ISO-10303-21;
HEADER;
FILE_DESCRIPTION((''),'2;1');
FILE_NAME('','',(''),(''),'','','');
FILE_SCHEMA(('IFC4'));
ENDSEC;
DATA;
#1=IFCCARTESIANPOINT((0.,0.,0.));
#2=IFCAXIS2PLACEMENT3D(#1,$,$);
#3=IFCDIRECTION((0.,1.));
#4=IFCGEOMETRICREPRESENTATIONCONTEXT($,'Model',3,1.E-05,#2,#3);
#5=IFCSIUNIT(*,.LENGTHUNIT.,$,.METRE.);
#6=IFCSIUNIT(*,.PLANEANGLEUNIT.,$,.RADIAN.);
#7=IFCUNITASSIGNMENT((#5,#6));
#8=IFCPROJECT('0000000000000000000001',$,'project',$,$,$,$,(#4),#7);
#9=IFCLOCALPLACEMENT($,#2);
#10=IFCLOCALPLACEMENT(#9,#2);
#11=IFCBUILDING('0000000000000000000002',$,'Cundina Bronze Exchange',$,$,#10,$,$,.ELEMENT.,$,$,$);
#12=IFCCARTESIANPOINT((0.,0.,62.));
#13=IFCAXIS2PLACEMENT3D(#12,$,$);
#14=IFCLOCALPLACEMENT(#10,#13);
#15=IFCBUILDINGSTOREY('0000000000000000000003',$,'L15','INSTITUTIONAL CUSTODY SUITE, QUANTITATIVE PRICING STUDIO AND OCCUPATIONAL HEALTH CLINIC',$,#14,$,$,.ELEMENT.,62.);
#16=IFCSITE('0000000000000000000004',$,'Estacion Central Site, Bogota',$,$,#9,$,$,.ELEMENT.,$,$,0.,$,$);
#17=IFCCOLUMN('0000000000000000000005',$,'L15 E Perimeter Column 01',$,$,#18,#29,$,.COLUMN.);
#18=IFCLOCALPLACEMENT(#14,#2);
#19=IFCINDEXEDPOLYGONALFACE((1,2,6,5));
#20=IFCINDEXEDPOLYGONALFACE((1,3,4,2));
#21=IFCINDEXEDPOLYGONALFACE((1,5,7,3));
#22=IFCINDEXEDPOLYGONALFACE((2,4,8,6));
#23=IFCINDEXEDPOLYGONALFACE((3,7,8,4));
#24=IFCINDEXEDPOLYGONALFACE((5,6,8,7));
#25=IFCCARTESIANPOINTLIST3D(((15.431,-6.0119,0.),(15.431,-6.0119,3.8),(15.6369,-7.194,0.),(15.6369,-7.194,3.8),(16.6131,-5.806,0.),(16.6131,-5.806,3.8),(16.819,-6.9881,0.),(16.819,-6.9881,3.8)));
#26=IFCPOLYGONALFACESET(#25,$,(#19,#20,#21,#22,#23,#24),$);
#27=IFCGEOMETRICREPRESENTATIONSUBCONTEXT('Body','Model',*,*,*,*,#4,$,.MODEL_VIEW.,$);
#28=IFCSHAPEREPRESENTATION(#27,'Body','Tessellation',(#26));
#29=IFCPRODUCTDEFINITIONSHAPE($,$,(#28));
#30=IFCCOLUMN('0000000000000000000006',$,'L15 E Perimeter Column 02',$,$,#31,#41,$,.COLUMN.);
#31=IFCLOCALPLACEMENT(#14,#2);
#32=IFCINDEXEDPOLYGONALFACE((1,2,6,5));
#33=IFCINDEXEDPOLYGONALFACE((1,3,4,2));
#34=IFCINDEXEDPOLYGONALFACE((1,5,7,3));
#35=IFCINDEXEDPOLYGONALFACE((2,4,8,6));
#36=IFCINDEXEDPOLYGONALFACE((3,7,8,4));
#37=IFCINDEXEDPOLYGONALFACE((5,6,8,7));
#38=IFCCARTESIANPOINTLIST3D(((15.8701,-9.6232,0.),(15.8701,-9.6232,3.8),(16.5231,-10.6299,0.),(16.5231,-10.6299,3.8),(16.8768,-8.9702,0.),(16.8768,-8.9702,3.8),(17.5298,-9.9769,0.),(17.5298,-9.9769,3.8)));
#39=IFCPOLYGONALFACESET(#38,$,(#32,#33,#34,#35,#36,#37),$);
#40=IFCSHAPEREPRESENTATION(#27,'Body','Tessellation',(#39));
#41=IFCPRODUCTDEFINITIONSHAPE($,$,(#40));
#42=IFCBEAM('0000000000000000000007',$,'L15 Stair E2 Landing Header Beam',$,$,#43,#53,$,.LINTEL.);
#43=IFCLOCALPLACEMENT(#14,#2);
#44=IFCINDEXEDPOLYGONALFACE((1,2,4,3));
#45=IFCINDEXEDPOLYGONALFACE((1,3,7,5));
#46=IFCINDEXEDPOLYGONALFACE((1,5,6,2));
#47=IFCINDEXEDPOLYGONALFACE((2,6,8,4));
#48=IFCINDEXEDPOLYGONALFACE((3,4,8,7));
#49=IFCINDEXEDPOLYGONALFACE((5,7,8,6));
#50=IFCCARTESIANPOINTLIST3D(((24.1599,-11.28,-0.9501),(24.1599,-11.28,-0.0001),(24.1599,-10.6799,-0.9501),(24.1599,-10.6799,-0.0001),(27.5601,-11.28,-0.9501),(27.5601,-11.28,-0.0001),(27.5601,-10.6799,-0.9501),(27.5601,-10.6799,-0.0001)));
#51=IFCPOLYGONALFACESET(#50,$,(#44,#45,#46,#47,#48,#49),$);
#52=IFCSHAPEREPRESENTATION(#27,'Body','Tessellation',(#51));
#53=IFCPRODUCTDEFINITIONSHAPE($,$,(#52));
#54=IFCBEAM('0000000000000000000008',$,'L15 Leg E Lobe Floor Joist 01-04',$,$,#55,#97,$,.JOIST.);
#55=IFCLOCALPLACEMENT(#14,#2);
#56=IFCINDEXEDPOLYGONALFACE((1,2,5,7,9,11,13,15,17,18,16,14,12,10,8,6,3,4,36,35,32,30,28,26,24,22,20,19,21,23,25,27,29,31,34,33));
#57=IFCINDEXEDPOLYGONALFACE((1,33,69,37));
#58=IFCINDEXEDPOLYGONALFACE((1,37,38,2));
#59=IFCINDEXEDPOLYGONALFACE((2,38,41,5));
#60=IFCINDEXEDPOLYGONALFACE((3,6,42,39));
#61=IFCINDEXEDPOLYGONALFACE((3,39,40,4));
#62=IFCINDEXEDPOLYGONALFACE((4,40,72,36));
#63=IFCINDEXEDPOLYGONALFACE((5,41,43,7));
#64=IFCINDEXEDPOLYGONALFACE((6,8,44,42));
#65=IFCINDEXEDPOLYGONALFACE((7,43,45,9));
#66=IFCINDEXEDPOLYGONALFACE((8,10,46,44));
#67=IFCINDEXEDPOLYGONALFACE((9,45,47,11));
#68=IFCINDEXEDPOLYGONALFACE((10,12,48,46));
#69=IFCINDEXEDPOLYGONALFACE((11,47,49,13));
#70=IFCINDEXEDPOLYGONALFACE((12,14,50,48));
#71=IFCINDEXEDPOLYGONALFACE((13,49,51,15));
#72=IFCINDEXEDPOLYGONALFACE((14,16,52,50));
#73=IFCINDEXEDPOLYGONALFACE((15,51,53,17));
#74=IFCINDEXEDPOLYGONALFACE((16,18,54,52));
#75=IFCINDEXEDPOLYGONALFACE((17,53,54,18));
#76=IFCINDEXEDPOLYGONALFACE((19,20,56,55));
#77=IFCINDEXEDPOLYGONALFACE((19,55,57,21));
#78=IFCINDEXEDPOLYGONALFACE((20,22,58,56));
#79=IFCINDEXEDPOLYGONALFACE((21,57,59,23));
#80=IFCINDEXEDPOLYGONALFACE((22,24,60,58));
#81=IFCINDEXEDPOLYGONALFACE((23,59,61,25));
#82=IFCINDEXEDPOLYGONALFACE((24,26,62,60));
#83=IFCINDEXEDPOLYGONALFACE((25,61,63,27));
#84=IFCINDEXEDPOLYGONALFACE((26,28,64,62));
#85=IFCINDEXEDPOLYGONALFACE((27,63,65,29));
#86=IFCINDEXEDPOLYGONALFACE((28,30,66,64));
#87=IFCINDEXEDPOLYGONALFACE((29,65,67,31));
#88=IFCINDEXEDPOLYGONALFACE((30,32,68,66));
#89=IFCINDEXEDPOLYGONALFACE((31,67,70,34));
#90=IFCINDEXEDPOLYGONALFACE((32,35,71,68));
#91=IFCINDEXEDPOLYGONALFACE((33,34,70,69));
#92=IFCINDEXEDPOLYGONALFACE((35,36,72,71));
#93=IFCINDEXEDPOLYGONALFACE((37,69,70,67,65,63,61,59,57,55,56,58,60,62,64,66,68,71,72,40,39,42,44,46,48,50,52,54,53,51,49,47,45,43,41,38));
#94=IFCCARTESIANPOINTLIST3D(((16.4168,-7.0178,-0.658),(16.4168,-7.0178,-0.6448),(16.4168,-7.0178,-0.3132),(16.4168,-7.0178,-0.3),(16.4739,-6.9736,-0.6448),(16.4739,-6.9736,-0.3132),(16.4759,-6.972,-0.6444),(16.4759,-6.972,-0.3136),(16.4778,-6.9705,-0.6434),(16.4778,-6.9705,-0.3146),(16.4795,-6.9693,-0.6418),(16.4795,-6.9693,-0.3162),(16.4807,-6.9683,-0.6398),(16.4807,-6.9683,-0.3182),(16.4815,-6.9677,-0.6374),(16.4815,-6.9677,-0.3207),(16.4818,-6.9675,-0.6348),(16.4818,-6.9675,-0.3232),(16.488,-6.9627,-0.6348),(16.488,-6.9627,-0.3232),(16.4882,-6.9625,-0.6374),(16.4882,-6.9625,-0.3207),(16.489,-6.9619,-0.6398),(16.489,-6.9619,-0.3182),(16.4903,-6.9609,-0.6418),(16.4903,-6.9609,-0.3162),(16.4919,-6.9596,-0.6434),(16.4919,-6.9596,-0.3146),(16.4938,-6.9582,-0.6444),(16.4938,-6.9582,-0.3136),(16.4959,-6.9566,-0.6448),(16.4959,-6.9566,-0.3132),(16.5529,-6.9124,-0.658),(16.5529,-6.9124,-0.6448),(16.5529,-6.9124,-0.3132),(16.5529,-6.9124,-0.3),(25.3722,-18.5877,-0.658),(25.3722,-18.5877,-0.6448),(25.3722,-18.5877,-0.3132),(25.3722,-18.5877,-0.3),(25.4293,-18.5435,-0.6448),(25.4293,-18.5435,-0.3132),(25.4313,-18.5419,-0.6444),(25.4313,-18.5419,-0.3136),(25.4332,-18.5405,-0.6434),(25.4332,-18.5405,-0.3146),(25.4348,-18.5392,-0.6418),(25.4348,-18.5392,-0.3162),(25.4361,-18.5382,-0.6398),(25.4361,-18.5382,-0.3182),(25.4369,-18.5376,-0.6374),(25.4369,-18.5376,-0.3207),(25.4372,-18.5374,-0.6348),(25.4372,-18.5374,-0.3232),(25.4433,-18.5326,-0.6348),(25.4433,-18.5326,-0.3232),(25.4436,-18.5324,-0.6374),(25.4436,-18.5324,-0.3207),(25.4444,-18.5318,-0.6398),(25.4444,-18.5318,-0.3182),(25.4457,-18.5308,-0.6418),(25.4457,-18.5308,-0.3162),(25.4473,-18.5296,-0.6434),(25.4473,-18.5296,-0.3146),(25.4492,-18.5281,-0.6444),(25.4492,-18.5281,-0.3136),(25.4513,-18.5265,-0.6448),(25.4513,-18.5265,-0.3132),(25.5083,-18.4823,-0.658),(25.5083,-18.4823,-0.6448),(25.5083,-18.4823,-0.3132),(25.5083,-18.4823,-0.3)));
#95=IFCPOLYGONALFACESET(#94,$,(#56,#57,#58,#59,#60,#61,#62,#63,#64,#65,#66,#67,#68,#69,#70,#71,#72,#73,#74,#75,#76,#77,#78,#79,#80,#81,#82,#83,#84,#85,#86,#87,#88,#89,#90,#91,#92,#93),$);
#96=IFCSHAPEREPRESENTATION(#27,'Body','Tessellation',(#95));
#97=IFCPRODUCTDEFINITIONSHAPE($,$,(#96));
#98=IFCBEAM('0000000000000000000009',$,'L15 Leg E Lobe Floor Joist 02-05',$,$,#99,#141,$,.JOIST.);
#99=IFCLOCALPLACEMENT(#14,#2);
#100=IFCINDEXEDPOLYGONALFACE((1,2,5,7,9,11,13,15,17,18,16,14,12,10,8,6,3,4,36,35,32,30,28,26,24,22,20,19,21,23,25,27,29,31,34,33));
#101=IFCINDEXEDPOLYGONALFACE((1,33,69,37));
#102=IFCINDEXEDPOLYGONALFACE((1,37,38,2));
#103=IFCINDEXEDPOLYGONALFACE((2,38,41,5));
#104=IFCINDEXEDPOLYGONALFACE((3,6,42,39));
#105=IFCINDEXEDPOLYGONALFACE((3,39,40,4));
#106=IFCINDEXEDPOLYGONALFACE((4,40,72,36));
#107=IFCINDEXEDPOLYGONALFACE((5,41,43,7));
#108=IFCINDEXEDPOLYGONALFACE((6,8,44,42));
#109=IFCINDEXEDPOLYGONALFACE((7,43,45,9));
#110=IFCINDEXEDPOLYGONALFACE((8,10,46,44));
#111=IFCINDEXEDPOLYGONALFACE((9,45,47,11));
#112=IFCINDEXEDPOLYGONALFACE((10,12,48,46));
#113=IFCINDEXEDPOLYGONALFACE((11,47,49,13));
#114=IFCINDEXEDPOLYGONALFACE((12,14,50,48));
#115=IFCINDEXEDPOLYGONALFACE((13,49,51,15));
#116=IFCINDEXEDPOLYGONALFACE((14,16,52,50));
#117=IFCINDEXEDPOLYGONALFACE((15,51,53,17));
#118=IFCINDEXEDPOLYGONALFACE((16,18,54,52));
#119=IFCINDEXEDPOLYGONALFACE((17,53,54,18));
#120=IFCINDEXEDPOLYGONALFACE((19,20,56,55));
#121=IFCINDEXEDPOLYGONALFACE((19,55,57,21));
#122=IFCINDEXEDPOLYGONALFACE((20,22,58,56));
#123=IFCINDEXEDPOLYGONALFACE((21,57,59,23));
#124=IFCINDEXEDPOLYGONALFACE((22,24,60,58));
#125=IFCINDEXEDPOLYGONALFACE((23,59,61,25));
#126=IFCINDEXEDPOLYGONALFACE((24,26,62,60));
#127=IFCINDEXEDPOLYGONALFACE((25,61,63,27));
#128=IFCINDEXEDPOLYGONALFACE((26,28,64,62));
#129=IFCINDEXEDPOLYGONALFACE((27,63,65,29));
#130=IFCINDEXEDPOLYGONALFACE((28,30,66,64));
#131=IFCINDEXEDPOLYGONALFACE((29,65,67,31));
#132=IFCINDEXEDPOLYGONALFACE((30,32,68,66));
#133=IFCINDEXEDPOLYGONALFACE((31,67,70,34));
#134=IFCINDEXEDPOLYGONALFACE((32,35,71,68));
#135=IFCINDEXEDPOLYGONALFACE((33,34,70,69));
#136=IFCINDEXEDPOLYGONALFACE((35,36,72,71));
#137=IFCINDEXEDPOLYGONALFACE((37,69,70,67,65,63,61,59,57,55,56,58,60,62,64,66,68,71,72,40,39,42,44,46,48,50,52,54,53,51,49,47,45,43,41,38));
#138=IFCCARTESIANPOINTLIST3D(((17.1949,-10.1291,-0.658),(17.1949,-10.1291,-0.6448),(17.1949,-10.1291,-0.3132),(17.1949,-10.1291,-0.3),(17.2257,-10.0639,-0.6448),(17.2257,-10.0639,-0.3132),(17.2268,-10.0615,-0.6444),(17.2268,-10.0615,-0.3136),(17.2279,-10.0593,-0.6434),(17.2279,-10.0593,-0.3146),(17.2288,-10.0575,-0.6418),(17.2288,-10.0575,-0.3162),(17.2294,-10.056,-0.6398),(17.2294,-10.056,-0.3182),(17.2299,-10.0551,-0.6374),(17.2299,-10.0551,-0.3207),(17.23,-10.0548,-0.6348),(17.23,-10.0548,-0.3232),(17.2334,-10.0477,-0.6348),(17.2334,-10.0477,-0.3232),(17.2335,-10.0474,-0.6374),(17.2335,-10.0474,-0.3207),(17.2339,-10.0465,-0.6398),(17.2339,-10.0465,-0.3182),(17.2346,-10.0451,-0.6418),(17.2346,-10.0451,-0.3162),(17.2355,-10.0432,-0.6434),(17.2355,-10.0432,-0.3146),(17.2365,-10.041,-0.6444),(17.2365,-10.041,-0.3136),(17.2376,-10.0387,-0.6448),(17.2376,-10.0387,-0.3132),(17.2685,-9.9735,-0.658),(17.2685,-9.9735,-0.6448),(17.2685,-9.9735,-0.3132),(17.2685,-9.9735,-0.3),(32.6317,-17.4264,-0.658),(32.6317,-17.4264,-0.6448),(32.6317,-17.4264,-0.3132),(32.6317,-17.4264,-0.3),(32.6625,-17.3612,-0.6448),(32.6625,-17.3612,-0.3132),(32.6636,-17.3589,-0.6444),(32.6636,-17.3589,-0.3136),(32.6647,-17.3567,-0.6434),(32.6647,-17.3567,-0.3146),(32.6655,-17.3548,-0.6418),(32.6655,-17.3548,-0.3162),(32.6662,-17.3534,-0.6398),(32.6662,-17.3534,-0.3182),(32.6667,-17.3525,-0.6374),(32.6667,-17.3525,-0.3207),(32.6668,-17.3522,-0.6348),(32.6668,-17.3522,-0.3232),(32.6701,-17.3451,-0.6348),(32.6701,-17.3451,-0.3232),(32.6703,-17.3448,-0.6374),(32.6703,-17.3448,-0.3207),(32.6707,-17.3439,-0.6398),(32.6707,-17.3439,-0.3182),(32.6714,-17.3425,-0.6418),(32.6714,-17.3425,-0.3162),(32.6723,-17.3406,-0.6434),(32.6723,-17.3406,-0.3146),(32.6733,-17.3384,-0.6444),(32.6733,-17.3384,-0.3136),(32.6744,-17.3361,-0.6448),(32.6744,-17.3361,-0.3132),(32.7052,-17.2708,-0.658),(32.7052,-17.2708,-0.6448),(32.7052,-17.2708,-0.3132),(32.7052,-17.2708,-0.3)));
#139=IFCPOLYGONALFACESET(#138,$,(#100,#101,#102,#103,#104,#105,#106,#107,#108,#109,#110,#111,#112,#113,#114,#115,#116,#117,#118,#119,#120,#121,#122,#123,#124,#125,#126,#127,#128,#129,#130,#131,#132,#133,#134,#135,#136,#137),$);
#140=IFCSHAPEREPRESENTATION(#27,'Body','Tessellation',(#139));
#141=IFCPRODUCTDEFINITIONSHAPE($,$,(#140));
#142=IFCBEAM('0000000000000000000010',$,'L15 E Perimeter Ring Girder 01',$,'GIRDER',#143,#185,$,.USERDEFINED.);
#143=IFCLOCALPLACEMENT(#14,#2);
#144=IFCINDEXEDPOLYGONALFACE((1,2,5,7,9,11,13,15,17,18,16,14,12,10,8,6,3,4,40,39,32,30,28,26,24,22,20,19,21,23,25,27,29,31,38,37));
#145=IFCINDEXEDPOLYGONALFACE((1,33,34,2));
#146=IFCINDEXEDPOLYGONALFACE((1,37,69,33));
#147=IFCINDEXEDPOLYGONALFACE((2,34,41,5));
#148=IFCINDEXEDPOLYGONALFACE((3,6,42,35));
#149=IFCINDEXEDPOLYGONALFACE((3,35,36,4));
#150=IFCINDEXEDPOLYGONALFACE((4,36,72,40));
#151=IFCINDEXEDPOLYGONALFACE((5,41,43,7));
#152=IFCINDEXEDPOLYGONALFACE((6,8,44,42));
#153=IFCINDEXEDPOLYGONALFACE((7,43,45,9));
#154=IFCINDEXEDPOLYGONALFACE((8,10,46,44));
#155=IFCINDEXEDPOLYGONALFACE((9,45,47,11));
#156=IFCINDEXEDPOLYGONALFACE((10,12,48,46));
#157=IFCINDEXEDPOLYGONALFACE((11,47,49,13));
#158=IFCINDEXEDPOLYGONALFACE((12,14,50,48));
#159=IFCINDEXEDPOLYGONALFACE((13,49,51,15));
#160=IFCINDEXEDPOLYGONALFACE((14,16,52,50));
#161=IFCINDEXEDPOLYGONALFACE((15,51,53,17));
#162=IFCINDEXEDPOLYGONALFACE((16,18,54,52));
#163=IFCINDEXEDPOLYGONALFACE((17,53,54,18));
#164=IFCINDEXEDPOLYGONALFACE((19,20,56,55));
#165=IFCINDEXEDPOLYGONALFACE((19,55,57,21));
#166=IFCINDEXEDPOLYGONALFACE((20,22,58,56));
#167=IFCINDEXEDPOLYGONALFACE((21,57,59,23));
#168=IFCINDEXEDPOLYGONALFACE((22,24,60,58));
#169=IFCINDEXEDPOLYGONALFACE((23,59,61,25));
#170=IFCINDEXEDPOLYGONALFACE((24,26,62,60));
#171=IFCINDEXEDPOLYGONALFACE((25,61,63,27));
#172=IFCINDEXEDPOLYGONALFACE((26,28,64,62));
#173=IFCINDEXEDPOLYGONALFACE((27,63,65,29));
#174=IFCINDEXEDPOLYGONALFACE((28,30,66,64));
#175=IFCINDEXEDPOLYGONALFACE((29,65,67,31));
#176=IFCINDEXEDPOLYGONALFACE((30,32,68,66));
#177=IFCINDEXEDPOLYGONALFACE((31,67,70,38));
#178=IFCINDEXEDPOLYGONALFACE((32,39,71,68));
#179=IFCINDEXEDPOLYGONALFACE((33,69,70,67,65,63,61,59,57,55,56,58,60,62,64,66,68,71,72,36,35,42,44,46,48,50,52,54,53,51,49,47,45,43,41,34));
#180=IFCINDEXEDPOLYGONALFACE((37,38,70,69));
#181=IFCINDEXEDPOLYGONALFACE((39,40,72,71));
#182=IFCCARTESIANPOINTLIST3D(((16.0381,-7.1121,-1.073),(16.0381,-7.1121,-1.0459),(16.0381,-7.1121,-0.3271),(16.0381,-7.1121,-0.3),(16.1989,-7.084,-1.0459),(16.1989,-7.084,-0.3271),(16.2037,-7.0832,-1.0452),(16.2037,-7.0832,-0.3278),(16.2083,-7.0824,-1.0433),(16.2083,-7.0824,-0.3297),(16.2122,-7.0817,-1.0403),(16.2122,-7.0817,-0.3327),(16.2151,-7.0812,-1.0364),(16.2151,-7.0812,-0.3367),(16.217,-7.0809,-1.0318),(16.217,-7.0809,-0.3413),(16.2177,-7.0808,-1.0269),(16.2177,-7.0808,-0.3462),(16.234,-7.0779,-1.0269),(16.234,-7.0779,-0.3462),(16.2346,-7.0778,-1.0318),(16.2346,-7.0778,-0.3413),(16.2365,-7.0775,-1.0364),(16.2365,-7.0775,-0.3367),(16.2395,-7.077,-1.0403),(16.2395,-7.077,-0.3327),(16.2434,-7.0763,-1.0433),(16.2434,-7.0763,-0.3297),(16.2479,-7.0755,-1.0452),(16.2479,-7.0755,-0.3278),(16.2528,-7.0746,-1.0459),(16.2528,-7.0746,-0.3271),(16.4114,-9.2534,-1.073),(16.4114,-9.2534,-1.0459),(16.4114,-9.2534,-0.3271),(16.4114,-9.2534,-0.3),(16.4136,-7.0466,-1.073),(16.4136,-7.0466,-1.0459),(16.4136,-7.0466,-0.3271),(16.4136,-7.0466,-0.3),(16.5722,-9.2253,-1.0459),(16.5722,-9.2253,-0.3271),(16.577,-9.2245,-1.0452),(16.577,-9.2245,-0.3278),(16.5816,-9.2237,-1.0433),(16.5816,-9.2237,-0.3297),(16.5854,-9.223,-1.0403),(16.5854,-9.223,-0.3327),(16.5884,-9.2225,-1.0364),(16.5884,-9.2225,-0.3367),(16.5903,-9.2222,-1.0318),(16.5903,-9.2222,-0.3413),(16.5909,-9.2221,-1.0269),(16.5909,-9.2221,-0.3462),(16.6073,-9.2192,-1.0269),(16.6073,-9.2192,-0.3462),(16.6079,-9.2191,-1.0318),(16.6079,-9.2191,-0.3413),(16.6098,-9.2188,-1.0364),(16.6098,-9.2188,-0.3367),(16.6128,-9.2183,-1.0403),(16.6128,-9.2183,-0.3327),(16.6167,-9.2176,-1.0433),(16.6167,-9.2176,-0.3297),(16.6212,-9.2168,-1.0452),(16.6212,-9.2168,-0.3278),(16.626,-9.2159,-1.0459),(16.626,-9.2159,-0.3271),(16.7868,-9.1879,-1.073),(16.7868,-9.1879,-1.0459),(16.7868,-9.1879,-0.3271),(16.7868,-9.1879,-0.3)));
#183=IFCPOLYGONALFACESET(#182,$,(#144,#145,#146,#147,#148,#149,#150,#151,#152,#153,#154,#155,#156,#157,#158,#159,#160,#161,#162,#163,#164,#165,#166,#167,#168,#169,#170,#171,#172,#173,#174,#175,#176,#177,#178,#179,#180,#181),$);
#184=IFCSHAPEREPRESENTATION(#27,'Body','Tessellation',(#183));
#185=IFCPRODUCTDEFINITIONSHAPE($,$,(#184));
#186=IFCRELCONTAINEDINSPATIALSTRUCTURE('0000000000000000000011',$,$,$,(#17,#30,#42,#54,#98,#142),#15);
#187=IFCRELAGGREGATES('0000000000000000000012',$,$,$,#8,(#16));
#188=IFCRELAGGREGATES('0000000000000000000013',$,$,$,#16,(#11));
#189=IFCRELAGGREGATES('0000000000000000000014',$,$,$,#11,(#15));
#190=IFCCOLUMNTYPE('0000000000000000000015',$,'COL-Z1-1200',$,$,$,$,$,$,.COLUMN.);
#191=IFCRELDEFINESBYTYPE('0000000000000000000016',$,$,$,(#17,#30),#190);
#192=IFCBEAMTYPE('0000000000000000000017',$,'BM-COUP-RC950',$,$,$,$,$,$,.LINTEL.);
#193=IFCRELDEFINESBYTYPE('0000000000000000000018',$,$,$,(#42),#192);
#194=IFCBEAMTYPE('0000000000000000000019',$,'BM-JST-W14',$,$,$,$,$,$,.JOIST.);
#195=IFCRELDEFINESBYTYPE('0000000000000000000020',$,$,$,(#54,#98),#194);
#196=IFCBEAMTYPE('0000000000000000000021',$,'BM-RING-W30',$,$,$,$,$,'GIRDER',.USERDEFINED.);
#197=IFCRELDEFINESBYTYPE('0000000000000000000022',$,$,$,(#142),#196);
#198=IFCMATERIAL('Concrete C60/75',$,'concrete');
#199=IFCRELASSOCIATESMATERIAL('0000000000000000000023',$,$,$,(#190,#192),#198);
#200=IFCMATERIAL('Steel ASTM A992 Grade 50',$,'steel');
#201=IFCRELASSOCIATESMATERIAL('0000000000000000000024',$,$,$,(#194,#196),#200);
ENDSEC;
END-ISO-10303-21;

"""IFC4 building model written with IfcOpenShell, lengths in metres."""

from ifc_helpers import new_model, si_unit, direction, frame, origin, origin_2d, place, context, subcontext, project, spatial, rectangle, i_section, extrude, material, material_profile, profile_set, type_object, element, save


model = new_model("IFC4")

# Units and contexts
model_context = context("Model", 3, precision=1e-05, world=origin(), true_north=direction((0.0, 1.0)))
body_context = subcontext(model_context, "Body", "Model", "MODEL_VIEW")
ifc_project = project(units=[si_unit("LENGTHUNIT", "METRE"), si_unit("PLANEANGLEUNIT", "RADIAN")], contexts=[model_context])

# Site, building, storey
site_placement = place(None, origin())
site = spatial("IfcSite", under=ifc_project, at=site_placement, Name="Estacion Central Site, Bogota", CompositionType="ELEMENT", RefElevation=0.0)
building_placement = place(site_placement, origin())
building = spatial("IfcBuilding", under=site, at=building_placement, Name="Cundina Bronze Exchange", CompositionType="ELEMENT")
storey_placement = place(building_placement, frame((0.0, 0.0, 62.0)))
storey = spatial("IfcBuildingStorey", under=building, at=storey_placement, Name="L15", Description="INSTITUTIONAL CUSTODY SUITE, QUANTITATIVE PRICING STUDIO AND OCCUPATIONAL HEALTH CLINIC", CompositionType="ELEMENT", Elevation=62.0)

# Columns
ifc_material_1 = material(Name="Concrete C60/75", Category="concrete")
ifc_material_profile_1 = material_profile(ifc_material_1, rectangle(XDim=1.2, YDim=1.2, at=origin_2d()), Name="RC1200X1200", Category="concrete")
ifc_profile_set_1 = profile_set([ifc_material_profile_1], Name="Concrete C60/75")
column_type = type_object("IfcColumnType", Name="COL-Z1-1200", PredefinedType="COLUMN", material=ifc_profile_set_1)
for number, where, z_axis, x_axis, name in (
    (1, (16.125, -6.5, 0.0), (0.0, 0.0, 1.0), (0.171585, -0.985169, 0.0), "L15 E Perimeter Column 01"),
    (2, (16.7, -9.8, 0.0), (0.0, 0.0, 1.0), (0.5442, -0.838956, 0.0), "L15 E Perimeter Column 02"),
):
    element("IfcColumn", number, at=place(storey_placement, frame(where, z_axis=z_axis, x_axis=x_axis)), inside=storey, type_object=column_type, Name=name, PredefinedType="COLUMN", context=body_context, shape_type="SweptSolid", body=[
        extrude(rectangle(XDim=1.2, YDim=1.2, at=origin_2d()), origin(), (0.0, 0.0, 1.0), 3.8),
    ])

# Beams
ifc_material_profile_2 = material_profile(ifc_material_1, rectangle(XDim=0.6001, YDim=0.95, at=origin_2d()), Name="RC600X950", Category="concrete")
ifc_profile_set_2 = profile_set([ifc_material_profile_2], Name="Concrete C60/75")
beam_type_1 = type_object("IfcBeamType", Name="BM-COUP-RC950", PredefinedType="LINTEL", material=ifc_profile_set_2)
beam_1_placement = place(storey_placement, frame((24.1599, -10.98, -0.4751), z_axis=(1.0, 0.0, 0.0), x_axis=(0.0, 1.0, 0.0)))
element("IfcBeam", 3, at=beam_1_placement, inside=storey, type_object=beam_type_1, Name="L15 Stair E2 Landing Header Beam", PredefinedType="LINTEL", context=body_context, shape_type="SweptSolid", body=[
    extrude(rectangle(XDim=0.6001, YDim=0.95, at=origin_2d()), origin(), (0.0, 0.0, 1.0), 3.4001),
])
ifc_material_2 = material(Name="Steel ASTM A992 Grade 50", Category="steel")
ifc_material_profile_3 = material_profile(ifc_material_2, i_section(OverallWidth=0.1721, OverallDepth=0.3579, WebThickness=0.0078, FlangeThickness=0.0132, FilletRadius=0.01, at=origin_2d()), Name="W14X38", Category="steel")
ifc_profile_set_3 = profile_set([ifc_material_profile_3], Name="Steel ASTM A992 Grade 50")
beam_type_2 = type_object("IfcBeamType", Name="BM-JST-W14", PredefinedType="JOIST", material=ifc_profile_set_3)
beam_2_placement = place(storey_placement, frame((16.4849, -6.9651, -0.479), z_axis=(0.612089, -0.790789, 0.0), x_axis=(0.790789, 0.612089, 0.0)))
element("IfcBeam", 4, at=beam_2_placement, inside=storey, type_object=beam_type_2, Name="L15 Leg E Lobe Floor Joist 01-04", PredefinedType="JOIST", context=body_context, shape_type="SweptSolid", body=[
    extrude(i_section(OverallWidth=0.1721, OverallDepth=0.3579, WebThickness=0.0078, FlangeThickness=0.0132, FilletRadius=0.01, at=origin_2d()), origin(), (0.0, 0.0, 1.0), 14.6309),
])
beam_3_placement = place(storey_placement, frame((17.2317, -10.0513, -0.479), z_axis=(0.904073, -0.427379, 0.0), x_axis=(0.427379, 0.904073, 0.0)))
element("IfcBeam", 5, at=beam_3_placement, inside=storey, type_object=beam_type_2, Name="L15 Leg E Lobe Floor Joist 02-05", PredefinedType="JOIST", context=body_context, shape_type="SweptSolid", body=[
    extrude(i_section(OverallWidth=0.1721, OverallDepth=0.3579, WebThickness=0.0078, FlangeThickness=0.0132, FilletRadius=0.01, at=origin_2d()), origin(), (0.0, 0.0, 1.0), 17.0747),
])
ifc_material_profile_4 = material_profile(ifc_material_2, i_section(OverallWidth=0.3811, OverallDepth=0.7729, WebThickness=0.0166, FlangeThickness=0.0271, FilletRadius=0.019, at=origin_2d()), Name="W30X173", Category="steel")
ifc_profile_set_4 = profile_set([ifc_material_profile_4], Name="Steel ASTM A992 Grade 50")
beam_type_3 = type_object("IfcBeamType", Name="BM-RING-W30", ElementType="GIRDER", PredefinedType="USERDEFINED", material=ifc_profile_set_4)
beam_4_placement = place(storey_placement, frame((16.2258, -7.0793, -0.6865), z_axis=(0.171735, -0.985143, 0.0), x_axis=(0.985143, 0.171735, 0.0)))
element("IfcBeam", 6, at=beam_4_placement, inside=storey, type_object=beam_type_3, Name="L15 E Perimeter Ring Girder 01", ObjectType="GIRDER", PredefinedType="USERDEFINED", context=body_context, shape_type="SweptSolid", body=[
    extrude(i_section(OverallWidth=0.3811, OverallDepth=0.7729, WebThickness=0.0166, FlangeThickness=0.0271, FilletRadius=0.019, at=origin_2d()), origin(), (0.0, 0.0, 1.0), 2.1736),
])

save(model, "model.ifc")
